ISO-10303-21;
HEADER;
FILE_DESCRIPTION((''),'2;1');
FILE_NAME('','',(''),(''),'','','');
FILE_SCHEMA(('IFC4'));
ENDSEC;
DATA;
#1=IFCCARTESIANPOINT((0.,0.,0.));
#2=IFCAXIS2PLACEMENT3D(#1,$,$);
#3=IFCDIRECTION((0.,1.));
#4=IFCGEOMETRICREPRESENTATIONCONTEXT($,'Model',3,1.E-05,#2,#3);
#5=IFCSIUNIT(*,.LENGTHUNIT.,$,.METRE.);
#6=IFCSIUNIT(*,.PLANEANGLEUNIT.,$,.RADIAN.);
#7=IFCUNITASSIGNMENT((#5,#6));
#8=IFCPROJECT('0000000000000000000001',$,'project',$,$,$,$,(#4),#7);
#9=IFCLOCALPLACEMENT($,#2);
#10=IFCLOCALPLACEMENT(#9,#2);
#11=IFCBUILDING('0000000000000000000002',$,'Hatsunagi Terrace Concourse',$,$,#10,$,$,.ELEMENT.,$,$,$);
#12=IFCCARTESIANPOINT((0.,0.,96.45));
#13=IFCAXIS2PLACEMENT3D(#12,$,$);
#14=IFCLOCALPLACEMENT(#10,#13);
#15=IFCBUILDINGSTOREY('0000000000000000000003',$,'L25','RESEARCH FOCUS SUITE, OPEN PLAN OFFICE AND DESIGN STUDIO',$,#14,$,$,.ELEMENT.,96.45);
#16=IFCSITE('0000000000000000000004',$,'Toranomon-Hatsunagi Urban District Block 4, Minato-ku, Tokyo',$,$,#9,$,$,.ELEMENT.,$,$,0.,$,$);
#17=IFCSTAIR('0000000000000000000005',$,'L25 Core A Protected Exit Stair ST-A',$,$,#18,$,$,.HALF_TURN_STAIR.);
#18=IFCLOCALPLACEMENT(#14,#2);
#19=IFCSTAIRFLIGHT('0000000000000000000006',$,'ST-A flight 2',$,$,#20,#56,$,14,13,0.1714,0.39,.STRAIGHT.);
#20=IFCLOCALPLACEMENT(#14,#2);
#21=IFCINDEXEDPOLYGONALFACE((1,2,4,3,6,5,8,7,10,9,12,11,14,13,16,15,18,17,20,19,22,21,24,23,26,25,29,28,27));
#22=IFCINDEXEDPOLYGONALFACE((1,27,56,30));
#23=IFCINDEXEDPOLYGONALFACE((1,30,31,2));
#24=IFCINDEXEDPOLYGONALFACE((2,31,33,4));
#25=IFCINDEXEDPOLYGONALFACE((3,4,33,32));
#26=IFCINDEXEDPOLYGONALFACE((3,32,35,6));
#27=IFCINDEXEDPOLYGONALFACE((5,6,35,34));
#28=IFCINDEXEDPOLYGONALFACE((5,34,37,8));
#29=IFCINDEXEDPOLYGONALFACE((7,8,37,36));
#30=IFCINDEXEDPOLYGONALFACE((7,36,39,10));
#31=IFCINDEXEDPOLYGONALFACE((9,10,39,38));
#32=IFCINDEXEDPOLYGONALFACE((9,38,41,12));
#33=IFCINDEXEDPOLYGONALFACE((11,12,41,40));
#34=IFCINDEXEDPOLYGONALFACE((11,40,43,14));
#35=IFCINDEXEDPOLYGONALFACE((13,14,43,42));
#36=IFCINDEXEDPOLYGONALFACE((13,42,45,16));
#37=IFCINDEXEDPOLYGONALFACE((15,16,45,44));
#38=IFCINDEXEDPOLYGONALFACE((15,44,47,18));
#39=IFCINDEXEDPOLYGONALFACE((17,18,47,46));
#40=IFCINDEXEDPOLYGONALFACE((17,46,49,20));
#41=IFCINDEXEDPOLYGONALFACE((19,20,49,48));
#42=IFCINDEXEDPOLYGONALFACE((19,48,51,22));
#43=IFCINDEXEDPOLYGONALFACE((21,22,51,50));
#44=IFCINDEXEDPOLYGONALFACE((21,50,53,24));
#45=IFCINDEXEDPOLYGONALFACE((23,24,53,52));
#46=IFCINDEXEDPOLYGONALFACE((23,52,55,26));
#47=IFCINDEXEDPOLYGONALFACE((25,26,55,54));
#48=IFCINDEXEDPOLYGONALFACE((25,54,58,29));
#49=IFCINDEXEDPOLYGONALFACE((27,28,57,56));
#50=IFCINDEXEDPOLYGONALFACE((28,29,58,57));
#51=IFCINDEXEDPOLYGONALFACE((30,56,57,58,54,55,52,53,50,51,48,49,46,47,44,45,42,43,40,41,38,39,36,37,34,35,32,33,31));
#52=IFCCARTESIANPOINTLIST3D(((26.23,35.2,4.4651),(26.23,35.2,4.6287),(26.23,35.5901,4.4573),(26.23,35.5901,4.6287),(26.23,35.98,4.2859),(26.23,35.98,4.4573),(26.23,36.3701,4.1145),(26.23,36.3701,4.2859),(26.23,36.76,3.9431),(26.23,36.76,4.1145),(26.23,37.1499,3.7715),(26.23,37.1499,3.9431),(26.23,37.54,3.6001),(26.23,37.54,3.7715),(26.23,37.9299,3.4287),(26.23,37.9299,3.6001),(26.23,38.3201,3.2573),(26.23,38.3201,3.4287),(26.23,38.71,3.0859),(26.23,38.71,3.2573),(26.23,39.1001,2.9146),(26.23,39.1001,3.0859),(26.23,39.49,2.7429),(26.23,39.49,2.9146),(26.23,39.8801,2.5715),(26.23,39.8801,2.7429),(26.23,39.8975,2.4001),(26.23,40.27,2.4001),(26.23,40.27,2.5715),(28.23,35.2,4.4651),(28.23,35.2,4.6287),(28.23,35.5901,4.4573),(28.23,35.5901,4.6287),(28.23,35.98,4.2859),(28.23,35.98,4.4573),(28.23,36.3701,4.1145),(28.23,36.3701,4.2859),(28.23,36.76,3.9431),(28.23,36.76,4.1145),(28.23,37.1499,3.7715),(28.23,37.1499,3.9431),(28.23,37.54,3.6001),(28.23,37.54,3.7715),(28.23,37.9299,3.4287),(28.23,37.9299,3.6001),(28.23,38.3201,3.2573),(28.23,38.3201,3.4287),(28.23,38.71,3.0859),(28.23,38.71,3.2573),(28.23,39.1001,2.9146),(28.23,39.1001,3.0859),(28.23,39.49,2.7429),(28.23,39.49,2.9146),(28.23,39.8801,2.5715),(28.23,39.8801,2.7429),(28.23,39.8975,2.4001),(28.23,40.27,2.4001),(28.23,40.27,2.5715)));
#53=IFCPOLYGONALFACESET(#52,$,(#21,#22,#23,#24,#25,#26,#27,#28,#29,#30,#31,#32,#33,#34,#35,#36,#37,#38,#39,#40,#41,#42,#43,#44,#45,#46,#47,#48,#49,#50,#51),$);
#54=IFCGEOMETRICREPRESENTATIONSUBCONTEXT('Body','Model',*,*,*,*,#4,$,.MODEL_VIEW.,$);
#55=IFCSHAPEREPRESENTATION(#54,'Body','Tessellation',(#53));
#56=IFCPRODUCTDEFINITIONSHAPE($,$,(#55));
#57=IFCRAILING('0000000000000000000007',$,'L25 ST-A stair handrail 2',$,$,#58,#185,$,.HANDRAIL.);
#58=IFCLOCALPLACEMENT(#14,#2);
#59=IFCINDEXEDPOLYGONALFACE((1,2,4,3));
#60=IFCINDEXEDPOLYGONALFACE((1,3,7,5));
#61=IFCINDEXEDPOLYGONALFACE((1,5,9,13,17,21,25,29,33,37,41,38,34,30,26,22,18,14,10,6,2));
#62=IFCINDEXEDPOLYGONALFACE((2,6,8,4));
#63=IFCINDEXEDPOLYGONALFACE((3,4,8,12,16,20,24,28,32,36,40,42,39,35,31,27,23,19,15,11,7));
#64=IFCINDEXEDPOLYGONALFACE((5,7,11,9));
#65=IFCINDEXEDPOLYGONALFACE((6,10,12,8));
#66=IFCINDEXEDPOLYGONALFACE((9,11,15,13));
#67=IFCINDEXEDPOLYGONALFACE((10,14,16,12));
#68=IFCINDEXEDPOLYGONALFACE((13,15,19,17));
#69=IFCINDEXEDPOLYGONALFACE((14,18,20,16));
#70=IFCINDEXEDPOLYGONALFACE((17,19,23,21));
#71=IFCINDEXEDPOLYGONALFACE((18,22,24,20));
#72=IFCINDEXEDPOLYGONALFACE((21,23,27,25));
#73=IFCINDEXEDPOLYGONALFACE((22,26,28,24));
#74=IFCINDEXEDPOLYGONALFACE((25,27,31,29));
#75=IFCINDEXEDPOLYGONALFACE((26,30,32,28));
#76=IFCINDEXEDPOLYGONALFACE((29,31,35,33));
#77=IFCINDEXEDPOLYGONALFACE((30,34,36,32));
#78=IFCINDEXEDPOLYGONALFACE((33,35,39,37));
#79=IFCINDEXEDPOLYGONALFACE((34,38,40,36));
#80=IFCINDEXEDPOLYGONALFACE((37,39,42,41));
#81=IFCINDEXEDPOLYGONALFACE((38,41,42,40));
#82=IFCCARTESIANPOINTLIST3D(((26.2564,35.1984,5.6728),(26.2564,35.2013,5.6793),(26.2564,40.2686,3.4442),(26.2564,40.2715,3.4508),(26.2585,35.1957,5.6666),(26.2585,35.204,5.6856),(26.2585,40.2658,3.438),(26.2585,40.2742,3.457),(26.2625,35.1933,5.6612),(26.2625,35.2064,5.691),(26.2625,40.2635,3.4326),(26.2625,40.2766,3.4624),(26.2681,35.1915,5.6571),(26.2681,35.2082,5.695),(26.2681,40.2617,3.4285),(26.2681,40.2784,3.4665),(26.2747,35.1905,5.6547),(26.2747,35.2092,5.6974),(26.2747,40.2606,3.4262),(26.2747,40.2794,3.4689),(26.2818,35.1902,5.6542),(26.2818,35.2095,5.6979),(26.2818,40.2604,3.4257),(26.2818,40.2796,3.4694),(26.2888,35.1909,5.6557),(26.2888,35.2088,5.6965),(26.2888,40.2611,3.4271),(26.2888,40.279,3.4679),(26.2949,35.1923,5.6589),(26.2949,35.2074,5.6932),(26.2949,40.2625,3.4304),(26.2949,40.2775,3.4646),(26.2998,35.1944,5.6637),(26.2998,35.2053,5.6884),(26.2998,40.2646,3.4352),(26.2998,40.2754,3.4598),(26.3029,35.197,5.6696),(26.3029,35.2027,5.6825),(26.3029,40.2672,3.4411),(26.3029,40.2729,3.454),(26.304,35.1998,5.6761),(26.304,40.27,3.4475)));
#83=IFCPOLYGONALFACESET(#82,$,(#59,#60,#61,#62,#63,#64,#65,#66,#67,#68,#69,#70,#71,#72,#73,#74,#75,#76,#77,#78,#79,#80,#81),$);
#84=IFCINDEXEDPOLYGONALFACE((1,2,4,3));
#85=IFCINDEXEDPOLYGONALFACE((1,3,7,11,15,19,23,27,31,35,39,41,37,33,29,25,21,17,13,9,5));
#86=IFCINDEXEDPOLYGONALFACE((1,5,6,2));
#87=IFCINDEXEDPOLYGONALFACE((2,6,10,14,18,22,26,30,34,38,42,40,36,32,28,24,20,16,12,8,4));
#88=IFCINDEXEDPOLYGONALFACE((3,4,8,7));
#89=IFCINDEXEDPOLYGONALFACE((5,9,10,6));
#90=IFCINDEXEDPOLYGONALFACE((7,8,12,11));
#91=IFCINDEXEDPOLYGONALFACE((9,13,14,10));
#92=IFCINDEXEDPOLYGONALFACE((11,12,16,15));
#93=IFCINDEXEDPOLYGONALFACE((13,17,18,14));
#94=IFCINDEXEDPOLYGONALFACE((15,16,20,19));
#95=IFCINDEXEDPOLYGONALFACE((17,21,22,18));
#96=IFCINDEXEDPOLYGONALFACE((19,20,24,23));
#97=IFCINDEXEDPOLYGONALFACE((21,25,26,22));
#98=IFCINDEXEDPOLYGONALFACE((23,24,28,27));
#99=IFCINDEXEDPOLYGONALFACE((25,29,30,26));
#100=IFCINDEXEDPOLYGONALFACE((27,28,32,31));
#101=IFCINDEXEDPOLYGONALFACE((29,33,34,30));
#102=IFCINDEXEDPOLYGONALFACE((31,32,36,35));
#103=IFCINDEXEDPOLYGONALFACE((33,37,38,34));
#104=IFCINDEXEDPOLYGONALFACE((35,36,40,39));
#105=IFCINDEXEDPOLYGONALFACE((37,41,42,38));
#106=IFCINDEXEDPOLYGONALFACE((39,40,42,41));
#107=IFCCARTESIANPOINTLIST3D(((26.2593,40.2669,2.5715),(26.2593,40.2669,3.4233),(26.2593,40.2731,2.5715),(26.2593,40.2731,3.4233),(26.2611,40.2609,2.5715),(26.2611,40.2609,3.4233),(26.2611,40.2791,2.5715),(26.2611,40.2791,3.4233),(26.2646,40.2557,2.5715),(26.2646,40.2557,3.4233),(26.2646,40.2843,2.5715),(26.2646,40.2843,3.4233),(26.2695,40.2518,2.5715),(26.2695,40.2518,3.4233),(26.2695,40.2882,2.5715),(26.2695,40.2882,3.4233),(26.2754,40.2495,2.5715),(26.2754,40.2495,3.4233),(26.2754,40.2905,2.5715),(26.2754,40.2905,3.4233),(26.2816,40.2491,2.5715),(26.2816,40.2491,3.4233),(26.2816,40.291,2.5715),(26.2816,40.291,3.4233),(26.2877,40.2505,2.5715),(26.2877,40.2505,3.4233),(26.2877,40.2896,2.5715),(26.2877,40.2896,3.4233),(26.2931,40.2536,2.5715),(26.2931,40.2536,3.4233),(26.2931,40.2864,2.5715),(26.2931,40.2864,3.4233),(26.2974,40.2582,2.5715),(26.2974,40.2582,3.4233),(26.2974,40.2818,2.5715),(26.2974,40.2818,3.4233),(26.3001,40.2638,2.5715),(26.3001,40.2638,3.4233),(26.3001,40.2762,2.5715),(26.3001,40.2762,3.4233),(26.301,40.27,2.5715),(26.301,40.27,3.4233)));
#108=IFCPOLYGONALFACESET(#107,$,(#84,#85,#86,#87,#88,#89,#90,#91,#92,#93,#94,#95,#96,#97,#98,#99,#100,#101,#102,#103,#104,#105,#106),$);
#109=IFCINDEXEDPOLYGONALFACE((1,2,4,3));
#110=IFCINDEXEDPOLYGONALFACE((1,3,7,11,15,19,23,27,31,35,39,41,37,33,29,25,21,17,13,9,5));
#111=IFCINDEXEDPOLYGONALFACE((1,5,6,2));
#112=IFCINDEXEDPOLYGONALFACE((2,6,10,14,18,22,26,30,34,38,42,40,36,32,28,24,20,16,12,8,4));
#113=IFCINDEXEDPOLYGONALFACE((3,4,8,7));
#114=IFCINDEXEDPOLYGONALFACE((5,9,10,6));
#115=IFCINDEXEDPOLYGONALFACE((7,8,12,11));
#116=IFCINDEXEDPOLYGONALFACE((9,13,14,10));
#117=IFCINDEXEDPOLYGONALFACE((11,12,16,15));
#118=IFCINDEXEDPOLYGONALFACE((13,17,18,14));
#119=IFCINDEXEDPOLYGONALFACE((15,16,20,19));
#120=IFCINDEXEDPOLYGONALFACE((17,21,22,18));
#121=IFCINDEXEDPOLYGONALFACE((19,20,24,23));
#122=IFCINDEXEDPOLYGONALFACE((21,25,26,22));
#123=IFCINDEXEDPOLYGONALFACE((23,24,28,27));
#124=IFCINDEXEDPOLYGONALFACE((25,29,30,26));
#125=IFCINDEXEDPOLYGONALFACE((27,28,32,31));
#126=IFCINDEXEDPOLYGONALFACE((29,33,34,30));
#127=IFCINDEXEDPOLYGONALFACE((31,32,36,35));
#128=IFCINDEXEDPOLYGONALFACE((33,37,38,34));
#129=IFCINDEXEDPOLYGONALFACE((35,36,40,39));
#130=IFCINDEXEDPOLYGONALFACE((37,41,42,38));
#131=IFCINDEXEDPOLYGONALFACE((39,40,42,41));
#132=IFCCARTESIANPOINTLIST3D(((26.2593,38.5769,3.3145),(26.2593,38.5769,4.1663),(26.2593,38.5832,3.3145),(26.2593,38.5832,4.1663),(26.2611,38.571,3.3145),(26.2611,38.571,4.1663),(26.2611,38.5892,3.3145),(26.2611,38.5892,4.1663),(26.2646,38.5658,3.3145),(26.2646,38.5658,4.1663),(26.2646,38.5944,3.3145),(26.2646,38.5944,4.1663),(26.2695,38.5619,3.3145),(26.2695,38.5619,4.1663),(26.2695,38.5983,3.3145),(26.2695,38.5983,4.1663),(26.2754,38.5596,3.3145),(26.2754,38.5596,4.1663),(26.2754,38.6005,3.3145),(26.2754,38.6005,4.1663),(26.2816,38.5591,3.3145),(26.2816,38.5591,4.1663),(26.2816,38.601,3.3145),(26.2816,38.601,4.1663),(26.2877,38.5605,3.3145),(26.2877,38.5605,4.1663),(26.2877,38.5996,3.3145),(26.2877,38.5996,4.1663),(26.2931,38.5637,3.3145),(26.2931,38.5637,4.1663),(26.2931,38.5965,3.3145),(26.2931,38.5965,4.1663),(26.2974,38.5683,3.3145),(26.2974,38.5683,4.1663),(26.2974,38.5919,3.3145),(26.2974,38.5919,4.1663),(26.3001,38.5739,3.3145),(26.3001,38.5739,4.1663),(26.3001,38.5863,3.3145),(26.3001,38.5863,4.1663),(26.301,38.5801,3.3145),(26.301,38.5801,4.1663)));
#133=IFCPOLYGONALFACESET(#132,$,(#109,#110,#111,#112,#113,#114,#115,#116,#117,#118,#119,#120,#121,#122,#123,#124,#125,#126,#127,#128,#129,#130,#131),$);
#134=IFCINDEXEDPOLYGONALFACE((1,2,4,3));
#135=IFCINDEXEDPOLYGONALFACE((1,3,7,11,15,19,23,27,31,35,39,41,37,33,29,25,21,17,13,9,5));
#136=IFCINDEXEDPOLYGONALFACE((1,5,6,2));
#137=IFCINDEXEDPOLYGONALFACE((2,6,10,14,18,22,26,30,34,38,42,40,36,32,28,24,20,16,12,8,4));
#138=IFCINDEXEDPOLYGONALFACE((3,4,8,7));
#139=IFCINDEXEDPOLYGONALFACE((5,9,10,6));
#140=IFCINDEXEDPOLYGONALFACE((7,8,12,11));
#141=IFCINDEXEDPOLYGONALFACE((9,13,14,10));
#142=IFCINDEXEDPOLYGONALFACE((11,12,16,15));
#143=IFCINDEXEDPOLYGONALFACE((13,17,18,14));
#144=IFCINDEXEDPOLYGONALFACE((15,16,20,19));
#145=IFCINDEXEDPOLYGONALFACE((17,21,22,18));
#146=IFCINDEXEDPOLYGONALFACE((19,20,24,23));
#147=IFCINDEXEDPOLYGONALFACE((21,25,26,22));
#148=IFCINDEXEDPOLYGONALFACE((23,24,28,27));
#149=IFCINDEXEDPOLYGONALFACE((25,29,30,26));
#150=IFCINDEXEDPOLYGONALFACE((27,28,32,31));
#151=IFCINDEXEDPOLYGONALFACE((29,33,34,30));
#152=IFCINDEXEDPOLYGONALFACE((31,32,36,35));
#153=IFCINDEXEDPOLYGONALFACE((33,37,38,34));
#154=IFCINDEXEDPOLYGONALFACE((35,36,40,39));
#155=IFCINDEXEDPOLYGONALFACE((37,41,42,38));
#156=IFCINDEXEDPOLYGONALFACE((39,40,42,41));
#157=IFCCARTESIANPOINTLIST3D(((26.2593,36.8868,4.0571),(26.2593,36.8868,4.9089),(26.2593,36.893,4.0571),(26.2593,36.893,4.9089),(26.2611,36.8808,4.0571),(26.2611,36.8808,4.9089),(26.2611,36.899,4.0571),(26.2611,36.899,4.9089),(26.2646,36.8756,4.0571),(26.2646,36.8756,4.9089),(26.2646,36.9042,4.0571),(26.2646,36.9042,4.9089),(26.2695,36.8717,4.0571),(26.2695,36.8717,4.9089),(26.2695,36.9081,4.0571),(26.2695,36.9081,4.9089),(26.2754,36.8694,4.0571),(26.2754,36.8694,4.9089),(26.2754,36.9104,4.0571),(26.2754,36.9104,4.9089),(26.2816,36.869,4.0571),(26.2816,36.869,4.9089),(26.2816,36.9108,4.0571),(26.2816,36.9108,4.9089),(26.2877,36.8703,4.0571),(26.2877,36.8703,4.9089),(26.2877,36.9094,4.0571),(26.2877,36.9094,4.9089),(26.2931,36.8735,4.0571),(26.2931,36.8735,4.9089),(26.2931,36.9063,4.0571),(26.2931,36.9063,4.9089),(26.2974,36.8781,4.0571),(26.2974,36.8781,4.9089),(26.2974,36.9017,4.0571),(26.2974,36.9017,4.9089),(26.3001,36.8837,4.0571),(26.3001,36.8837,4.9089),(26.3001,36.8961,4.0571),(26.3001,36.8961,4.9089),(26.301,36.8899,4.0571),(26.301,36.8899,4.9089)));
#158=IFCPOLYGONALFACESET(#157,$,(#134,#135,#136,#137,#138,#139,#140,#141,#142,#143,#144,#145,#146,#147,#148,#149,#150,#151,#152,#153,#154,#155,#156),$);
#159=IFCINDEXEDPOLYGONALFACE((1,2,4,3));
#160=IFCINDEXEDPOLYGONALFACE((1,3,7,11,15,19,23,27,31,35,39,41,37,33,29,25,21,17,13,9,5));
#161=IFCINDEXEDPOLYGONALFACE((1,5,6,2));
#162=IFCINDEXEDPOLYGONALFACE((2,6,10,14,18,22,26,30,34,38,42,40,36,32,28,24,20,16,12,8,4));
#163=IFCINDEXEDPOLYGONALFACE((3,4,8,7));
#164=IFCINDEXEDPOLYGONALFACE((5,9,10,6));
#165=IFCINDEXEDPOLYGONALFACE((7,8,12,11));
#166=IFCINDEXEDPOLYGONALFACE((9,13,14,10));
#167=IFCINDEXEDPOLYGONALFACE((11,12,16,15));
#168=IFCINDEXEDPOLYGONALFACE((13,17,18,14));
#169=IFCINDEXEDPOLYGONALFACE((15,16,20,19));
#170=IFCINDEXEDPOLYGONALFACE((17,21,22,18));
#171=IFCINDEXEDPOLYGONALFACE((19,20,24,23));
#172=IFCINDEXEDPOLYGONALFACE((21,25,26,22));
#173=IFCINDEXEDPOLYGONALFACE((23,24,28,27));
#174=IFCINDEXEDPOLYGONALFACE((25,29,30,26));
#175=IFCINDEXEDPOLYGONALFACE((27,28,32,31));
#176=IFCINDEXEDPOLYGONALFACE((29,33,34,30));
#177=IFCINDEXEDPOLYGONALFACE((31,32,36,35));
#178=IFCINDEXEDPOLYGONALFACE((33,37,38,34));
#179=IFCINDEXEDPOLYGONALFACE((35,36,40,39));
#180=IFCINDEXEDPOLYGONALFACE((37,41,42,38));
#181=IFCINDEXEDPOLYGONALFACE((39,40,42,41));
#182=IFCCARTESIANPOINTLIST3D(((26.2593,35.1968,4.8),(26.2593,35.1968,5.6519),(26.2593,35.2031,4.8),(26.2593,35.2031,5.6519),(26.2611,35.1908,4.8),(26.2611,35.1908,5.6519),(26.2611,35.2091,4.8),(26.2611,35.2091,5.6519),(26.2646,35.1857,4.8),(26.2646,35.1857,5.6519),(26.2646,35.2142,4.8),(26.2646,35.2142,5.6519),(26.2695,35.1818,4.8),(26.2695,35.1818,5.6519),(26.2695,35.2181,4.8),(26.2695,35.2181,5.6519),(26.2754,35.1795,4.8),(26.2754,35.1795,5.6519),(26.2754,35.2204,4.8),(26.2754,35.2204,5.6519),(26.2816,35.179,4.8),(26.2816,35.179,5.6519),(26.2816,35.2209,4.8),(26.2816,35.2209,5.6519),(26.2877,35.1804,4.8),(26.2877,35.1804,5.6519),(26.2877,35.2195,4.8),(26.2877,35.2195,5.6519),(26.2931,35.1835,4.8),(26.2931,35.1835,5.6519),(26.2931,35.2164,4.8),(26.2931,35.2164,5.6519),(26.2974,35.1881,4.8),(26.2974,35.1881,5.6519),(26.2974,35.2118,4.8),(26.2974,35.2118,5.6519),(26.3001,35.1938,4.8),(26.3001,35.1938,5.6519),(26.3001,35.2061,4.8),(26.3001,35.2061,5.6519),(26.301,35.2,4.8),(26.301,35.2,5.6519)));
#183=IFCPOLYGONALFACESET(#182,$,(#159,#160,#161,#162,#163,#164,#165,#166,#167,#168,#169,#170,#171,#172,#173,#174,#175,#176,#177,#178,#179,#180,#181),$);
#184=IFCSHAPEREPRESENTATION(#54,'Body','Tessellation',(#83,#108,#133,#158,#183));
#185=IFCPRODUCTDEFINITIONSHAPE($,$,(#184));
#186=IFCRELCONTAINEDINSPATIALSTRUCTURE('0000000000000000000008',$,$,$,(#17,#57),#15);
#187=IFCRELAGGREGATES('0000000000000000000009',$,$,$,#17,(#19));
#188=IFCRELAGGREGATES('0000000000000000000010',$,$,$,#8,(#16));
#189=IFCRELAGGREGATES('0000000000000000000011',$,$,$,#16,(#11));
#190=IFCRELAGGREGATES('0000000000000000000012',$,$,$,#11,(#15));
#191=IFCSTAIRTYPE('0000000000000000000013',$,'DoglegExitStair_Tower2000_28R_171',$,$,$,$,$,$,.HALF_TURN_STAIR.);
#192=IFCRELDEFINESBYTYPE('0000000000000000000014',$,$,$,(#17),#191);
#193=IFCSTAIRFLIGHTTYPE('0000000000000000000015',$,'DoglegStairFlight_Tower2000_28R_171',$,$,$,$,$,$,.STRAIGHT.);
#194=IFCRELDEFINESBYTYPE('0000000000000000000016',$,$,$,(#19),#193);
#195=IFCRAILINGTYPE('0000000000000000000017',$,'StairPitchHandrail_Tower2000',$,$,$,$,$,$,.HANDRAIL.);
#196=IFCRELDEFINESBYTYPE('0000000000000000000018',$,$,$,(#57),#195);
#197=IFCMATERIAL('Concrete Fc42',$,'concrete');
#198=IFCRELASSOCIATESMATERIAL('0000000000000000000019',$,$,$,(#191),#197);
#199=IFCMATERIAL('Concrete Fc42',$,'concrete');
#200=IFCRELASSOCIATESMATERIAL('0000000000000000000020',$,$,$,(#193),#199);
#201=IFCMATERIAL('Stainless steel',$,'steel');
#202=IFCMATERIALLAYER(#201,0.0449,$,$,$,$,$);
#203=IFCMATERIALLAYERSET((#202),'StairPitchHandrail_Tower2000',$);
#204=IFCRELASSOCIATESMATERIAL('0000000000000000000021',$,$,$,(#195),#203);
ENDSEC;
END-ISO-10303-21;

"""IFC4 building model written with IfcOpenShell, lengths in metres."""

from ifc_helpers import new_model, si_unit, direction, frame, origin, origin_2d, place, context, subcontext, project, spatial, polyline, circle, outline, extrude, material, layer, layer_set, type_object, element, aggregate, save


model = new_model("IFC4")

# Units and contexts
model_context = context("Model", 3, precision=1e-05, world=origin(), true_north=direction((0.0, 1.0)))
body_context = subcontext(model_context, "Body", "Model", "MODEL_VIEW")
ifc_project = project(units=[si_unit("LENGTHUNIT", "METRE"), si_unit("PLANEANGLEUNIT", "RADIAN")], contexts=[model_context])

# Site, building, storey
site_placement = place(None, origin())
site = spatial("IfcSite", under=ifc_project, at=site_placement, Name="Toranomon-Hatsunagi Urban District Block 4, Minato-ku, Tokyo", CompositionType="ELEMENT", RefElevation=0.0)
building_placement = place(site_placement, origin())
building = spatial("IfcBuilding", under=site, at=building_placement, Name="Hatsunagi Terrace Concourse", CompositionType="ELEMENT")
storey_placement = place(building_placement, frame((0.0, 0.0, 96.45)))
storey = spatial("IfcBuildingStorey", under=building, at=storey_placement, Name="L25", Description="RESEARCH FOCUS SUITE, OPEN PLAN OFFICE AND DESIGN STUDIO", CompositionType="ELEMENT", Elevation=96.45)

# Stair, stair flight
ifc_material_1 = material(Name="Concrete Fc42", Category="concrete")
stair_type = type_object("IfcStairType", Name="DoglegExitStair_Tower2000_28R_171", PredefinedType="HALF_TURN_STAIR", material=ifc_material_1)
stair_placement = place(storey_placement, origin())
stair = element("IfcStair", 1, at=stair_placement, inside=storey, type_object=stair_type, Name="L25 Core A Protected Exit Stair ST-A", PredefinedType="HALF_TURN_STAIR")
ifc_material_2 = material(Name="Concrete Fc42", Category="concrete")
stair_flight_type = type_object("IfcStairFlightType", Name="DoglegStairFlight_Tower2000_28R_171", PredefinedType="STRAIGHT", material=ifc_material_2)
stair_flight_placement = place(storey_placement, frame((27.23, 40.27, 2.4001), z_axis=(0.0, 0.0, 1.0), x_axis=(0.0, -1.0, 0.0)))
stair_flight = element("IfcStairFlight", 2, at=stair_flight_placement, type_object=stair_flight_type, Name="ST-A flight 2", NumberOfRisers=14, NumberOfTreads=13, PredefinedType="STRAIGHT", RiserHeight=0.1714, TreadLength=0.39, context=body_context, shape_type="SweptSolid", body=[
    extrude(outline(polyline([(0.0, 0.0), (0.0, 0.1714), (0.3899, 0.1714), (0.3899, 0.3428), (0.78, 0.3428), (0.78, 0.5144), (1.1699, 0.5144), (1.1699, 0.6858), (1.5601, 0.6858), (1.5601, 0.8572), (1.95, 0.8572), (1.95, 1.0286), (2.3401, 1.0286), (2.3401, 1.2), (2.73, 1.2), (2.73, 1.3713), (3.1201, 1.3713), (3.1201, 1.543), (3.51, 1.543), (3.51, 1.7144), (3.8999, 1.7144), (3.8999, 1.8857), (4.29, 1.8857), (4.29, 2.0571), (4.6799, 2.0571), (4.6799, 2.2285), (5.0701, 2.2285), (5.0701, 2.3999), (5.0701, 2.0649), (0.3726, 0.0), (0.0, 0.0)])), frame((0.0, 1.0, 0.0), z_axis=(0.0, -1.0, 0.0), x_axis=(1.0, 0.0, 0.0)), (0.0, 0.0, 1.0), 2.0),
])
aggregate(stair, [stair_flight])

# Railing
ifc_material_3 = material(Name="Stainless steel", Category="steel")
ifc_layer_1 = layer(ifc_material_3, 0.0449)
ifc_layer_set_1 = layer_set([ifc_layer_1], Name="StairPitchHandrail_Tower2000")
railing_type_1 = type_object("IfcRailingType", Name="StairPitchHandrail_Tower2000", PredefinedType="HANDRAIL", material=ifc_layer_set_1)
railing_1_placement = place(storey_placement, frame((26.28, 40.27, 2.5715)))
element("IfcRailing", 3, at=railing_1_placement, inside=storey, type_object=railing_type_1, Name="L25 ST-A stair handrail 2", PredefinedType="HANDRAIL", context=body_context, shape_type="SweptSolid", body=[
    extrude(circle(Radius=0.0239, at=origin_2d()), frame((0.0, 0.0, 0.876), z_axis=(0.0, -0.915469, 0.402388), x_axis=(1.0, 0.0, 0.0)), (0.0, 0.0, 1.0), 5.5383),
    extrude(circle(Radius=0.021, at=origin_2d()), origin(), (0.0, 0.0, 1.0), 0.8518),
    extrude(circle(Radius=0.021, at=origin_2d()), frame((0.0, -1.6899, 0.7429)), (0.0, 0.0, 1.0), 0.8518),
    extrude(circle(Radius=0.021, at=origin_2d()), frame((0.0, -3.3801, 1.4856)), (0.0, 0.0, 1.0), 0.8518),
    extrude(circle(Radius=0.021, at=origin_2d()), frame((0.0, -5.0701, 2.2285)), (0.0, 0.0, 1.0), 0.8518),
])

save(model, "model.ifc")
